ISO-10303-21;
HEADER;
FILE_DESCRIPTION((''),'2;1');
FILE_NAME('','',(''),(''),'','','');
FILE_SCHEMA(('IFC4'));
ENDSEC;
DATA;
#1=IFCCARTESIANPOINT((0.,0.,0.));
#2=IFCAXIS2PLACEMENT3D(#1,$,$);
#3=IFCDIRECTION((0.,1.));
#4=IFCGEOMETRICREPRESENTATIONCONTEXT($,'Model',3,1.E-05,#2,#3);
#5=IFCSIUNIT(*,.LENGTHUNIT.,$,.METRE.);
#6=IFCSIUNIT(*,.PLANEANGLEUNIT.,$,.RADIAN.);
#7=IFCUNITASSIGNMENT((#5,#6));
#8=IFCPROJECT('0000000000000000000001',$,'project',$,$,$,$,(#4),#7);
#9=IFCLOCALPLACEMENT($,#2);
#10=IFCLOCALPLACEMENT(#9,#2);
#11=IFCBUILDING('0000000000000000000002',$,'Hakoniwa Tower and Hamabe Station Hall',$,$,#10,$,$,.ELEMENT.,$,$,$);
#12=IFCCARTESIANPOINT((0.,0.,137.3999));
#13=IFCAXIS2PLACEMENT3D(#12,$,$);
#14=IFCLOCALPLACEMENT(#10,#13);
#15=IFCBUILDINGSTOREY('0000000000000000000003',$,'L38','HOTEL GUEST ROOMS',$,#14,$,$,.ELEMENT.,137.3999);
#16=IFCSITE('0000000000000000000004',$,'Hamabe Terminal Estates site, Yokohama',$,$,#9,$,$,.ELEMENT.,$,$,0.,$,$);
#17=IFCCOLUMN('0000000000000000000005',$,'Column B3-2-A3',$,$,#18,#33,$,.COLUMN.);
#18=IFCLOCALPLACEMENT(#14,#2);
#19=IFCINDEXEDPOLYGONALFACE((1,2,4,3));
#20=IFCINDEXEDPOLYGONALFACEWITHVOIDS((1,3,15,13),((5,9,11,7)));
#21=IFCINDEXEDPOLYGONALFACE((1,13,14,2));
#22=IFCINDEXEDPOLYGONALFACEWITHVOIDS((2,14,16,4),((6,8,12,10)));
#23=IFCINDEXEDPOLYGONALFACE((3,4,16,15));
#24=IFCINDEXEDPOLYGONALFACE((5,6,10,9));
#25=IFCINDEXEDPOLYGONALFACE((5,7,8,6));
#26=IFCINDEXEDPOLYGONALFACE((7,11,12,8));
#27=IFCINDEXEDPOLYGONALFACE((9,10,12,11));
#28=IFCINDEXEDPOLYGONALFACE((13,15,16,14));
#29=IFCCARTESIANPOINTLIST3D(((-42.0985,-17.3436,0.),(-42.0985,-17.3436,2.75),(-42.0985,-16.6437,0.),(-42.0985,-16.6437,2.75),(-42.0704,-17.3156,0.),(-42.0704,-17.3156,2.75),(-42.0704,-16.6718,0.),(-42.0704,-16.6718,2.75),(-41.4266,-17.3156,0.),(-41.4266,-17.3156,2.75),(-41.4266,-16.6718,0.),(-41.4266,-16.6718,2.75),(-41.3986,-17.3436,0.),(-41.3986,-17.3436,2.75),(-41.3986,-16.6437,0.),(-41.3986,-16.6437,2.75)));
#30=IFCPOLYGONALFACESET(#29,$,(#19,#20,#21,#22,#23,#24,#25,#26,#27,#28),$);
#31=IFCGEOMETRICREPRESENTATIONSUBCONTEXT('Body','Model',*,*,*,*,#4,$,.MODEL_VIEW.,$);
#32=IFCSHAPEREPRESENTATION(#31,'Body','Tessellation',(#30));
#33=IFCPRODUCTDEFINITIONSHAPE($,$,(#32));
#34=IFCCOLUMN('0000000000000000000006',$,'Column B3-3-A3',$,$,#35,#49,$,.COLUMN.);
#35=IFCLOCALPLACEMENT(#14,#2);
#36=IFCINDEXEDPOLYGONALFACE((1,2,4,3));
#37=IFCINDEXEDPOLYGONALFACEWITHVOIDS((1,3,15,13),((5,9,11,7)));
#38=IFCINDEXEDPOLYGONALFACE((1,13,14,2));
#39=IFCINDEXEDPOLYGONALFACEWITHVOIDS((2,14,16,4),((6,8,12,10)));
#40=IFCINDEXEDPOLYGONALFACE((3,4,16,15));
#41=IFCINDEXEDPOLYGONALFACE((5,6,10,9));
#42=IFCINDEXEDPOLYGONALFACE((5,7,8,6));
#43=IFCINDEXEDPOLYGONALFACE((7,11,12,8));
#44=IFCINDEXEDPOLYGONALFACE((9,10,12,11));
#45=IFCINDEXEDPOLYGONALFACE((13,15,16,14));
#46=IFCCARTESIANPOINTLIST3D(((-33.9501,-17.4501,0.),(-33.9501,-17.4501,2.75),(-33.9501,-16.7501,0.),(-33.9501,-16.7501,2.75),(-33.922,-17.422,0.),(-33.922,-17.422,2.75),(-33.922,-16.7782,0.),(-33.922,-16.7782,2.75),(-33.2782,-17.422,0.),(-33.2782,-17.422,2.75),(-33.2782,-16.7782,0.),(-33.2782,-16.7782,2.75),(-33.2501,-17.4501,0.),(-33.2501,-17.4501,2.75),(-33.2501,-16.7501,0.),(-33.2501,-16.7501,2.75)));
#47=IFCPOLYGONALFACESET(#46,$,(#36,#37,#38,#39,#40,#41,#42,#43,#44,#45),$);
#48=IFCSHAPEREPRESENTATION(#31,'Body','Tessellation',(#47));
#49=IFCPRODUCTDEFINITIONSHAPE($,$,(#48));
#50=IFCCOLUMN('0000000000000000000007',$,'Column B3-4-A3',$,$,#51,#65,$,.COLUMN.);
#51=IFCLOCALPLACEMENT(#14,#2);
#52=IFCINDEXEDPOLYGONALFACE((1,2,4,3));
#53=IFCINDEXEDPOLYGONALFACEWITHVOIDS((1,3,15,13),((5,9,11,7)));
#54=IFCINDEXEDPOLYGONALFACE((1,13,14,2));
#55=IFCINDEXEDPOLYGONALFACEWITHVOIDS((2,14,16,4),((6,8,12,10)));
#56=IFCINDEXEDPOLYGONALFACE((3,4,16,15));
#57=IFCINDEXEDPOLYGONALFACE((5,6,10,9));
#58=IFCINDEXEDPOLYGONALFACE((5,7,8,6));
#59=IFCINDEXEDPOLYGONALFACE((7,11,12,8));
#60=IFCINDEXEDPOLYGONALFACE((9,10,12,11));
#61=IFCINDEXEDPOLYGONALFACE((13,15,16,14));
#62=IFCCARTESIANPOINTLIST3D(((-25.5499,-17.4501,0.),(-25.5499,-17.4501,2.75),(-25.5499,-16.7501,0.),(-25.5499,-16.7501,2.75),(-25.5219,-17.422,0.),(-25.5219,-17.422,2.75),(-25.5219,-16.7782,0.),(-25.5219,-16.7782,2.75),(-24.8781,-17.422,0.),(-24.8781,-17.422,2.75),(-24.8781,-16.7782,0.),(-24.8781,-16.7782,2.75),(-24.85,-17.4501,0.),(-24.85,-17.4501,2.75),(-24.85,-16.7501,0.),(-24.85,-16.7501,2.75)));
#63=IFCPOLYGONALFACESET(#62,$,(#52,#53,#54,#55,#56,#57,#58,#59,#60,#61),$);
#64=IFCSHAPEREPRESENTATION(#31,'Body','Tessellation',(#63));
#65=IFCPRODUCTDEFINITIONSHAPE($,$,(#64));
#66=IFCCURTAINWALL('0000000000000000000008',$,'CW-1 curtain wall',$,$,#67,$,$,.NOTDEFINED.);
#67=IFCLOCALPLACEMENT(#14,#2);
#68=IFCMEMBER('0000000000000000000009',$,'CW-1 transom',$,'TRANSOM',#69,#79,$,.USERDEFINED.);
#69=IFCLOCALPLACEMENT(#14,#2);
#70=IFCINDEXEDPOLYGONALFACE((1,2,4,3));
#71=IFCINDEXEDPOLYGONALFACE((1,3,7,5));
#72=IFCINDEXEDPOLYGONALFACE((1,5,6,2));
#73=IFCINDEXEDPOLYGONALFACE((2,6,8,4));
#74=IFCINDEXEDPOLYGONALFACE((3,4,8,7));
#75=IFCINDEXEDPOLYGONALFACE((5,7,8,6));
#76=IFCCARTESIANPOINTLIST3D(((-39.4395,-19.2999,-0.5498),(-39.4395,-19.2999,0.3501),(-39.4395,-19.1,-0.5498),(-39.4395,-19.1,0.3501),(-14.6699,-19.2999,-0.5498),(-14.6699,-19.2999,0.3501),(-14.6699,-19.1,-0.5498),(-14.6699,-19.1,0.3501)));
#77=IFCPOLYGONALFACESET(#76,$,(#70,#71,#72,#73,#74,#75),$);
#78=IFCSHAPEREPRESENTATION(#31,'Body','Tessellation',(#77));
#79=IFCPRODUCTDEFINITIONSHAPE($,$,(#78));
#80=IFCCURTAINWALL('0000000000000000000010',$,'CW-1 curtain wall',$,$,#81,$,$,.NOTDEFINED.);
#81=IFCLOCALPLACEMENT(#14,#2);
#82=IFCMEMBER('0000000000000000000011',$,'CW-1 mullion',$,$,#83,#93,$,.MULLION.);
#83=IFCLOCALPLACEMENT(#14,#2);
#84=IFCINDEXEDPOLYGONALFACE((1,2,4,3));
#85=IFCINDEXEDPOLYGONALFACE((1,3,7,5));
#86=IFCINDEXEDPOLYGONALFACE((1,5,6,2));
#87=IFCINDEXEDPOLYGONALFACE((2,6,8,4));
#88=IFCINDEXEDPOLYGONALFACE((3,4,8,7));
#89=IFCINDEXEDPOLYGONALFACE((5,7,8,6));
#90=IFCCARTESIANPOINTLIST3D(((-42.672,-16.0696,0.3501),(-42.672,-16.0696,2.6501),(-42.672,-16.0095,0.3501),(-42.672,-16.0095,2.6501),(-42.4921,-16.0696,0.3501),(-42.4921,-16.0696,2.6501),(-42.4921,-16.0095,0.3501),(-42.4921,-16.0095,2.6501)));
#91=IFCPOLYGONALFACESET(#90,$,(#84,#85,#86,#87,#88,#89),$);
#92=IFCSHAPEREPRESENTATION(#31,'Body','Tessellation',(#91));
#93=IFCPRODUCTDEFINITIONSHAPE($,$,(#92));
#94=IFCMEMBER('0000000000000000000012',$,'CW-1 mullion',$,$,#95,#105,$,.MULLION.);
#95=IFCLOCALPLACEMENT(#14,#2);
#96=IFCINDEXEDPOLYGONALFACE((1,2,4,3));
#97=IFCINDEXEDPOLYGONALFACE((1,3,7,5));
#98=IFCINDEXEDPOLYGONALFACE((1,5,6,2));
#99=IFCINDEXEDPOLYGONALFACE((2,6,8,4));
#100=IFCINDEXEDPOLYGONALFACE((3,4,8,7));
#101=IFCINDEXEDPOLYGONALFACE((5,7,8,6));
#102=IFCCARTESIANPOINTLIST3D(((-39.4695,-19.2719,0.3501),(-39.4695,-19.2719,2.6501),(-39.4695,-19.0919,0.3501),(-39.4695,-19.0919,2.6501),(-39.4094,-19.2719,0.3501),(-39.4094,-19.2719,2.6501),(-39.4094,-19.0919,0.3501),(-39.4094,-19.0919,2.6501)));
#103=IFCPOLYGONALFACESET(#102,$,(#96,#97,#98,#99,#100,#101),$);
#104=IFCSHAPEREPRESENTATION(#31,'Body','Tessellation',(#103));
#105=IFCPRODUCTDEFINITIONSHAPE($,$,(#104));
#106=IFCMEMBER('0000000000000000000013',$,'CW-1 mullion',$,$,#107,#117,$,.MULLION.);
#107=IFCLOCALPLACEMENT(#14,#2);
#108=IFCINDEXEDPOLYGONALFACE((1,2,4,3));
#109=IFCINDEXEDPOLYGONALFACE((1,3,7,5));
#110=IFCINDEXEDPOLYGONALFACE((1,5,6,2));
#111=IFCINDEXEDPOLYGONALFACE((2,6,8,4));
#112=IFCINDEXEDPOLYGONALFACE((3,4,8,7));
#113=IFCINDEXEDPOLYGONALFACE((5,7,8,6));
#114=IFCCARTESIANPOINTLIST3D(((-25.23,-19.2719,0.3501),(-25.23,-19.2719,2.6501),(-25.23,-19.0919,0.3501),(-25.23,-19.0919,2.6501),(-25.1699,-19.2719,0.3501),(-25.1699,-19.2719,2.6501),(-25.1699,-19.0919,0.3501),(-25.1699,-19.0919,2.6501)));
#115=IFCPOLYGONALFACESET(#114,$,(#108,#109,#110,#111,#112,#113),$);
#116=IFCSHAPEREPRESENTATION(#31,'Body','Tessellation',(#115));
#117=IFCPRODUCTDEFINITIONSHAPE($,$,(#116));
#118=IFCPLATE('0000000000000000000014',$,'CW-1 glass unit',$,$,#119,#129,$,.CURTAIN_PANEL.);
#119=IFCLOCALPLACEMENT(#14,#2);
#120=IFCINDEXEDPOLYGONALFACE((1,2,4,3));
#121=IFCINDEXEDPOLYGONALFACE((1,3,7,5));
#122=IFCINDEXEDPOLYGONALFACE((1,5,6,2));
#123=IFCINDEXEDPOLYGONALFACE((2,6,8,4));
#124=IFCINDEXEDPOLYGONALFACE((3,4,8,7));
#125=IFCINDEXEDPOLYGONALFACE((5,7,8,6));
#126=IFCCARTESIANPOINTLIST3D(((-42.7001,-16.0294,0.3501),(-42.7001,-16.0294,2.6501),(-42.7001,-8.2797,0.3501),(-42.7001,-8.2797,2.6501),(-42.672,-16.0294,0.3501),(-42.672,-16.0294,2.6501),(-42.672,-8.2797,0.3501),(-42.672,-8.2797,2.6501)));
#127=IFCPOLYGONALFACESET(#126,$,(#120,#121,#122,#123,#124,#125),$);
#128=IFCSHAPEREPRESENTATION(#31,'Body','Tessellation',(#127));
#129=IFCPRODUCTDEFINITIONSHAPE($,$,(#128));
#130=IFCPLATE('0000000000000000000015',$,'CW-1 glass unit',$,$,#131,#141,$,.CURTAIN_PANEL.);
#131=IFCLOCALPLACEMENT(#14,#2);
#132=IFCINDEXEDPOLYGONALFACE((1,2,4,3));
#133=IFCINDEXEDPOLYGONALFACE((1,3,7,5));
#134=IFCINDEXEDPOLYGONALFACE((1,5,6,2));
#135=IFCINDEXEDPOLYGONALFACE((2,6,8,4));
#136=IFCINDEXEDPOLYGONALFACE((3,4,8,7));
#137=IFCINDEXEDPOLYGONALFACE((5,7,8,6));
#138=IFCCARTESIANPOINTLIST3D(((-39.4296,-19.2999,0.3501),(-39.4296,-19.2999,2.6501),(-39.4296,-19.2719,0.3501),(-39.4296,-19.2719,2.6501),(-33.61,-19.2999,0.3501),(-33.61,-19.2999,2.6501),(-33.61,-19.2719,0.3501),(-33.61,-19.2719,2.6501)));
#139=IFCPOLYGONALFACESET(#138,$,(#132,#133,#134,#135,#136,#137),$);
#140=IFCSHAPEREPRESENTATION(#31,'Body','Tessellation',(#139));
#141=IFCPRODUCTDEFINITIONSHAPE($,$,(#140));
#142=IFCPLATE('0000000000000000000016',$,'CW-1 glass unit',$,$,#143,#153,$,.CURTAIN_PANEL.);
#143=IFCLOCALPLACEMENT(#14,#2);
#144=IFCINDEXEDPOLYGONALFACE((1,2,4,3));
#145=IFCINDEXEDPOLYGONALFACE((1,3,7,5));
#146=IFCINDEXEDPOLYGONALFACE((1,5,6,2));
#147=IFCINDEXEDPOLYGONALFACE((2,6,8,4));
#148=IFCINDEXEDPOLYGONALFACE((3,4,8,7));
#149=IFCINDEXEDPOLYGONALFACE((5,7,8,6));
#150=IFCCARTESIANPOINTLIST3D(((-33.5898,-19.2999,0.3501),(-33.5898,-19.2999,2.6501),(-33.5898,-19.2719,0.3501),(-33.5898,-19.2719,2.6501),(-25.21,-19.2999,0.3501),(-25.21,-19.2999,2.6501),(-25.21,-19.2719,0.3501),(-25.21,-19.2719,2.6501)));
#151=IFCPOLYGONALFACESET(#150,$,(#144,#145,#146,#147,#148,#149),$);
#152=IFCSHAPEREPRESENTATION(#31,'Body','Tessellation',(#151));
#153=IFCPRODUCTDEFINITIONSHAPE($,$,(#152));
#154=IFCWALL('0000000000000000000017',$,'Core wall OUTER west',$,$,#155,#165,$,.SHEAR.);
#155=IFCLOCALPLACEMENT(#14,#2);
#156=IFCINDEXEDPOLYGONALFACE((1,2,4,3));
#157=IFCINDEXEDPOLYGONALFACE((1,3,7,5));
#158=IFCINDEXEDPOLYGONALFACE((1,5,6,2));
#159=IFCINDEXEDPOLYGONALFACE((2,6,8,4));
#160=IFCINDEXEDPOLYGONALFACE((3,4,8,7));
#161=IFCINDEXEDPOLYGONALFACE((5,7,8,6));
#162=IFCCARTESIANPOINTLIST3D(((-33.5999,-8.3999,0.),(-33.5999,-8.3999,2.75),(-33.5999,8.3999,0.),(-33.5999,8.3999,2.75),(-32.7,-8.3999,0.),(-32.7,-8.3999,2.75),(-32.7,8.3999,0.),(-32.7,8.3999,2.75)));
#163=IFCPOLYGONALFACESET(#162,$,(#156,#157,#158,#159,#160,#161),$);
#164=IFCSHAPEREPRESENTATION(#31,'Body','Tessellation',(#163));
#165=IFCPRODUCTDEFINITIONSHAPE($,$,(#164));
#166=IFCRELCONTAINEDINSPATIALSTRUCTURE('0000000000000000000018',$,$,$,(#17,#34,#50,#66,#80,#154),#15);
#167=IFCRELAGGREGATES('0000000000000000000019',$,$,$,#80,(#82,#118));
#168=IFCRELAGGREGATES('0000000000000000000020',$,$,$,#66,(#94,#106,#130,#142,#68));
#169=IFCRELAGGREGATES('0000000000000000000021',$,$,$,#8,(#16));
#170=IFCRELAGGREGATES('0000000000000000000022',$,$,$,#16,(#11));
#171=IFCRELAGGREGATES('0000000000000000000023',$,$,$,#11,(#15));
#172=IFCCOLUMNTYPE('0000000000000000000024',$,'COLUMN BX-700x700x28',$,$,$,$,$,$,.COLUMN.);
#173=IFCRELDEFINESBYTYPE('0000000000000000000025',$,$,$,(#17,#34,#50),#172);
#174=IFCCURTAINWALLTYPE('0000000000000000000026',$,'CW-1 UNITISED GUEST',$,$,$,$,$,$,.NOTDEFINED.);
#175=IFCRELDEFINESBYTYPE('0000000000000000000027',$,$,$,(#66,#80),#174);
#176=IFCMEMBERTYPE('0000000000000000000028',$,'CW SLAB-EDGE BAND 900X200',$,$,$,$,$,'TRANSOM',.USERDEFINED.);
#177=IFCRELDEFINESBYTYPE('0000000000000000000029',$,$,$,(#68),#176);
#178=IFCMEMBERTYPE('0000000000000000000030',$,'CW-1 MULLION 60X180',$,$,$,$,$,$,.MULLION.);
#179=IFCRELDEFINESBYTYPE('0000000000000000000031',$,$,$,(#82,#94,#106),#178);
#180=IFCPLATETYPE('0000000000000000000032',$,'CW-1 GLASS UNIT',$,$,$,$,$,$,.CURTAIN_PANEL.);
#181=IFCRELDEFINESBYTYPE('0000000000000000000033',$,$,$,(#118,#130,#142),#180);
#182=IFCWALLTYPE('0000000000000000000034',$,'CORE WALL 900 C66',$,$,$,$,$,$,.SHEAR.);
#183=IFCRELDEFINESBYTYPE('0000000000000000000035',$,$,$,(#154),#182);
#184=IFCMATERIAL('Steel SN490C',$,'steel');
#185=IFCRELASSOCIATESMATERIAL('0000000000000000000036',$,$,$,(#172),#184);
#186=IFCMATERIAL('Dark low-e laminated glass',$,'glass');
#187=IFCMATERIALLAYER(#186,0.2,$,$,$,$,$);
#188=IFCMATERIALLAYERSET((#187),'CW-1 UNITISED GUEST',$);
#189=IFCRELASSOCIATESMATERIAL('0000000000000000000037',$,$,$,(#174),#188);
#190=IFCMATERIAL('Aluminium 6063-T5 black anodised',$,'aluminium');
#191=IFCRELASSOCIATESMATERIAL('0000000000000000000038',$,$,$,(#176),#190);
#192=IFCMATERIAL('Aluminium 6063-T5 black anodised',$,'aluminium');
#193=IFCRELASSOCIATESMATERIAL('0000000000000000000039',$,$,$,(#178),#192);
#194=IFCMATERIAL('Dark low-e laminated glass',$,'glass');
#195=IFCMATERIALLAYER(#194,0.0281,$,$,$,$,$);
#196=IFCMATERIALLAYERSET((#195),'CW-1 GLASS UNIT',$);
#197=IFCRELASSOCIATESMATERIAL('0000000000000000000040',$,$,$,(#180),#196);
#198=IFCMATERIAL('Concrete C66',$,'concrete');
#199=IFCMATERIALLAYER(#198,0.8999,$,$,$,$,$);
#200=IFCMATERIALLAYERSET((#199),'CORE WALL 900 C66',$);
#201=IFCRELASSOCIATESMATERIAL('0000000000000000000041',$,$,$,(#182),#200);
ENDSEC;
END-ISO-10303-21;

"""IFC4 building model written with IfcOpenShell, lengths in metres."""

from ifc_helpers import new_model, si_unit, direction, frame, frame_2d, origin, origin_2d, place, context, subcontext, project, spatial, rectangle, hollow_rectangle, extrude, material, layer, layer_set, material_profile, profile_set, type_object, element, aggregate, save


model = new_model("IFC4")

# Units and contexts
model_context = context("Model", 3, precision=1e-05, world=origin(), true_north=direction((0.0, 1.0)))
body_context = subcontext(model_context, "Body", "Model", "MODEL_VIEW")
ifc_project = project(units=[si_unit("LENGTHUNIT", "METRE"), si_unit("PLANEANGLEUNIT", "RADIAN")], contexts=[model_context])

# Site, building, storey
site_placement = place(None, origin())
site = spatial("IfcSite", under=ifc_project, at=site_placement, Name="Hamabe Terminal Estates site, Yokohama", CompositionType="ELEMENT", RefElevation=0.0)
building_placement = place(site_placement, origin())
building = spatial("IfcBuilding", under=site, at=building_placement, Name="Hakoniwa Tower and Hamabe Station Hall", CompositionType="ELEMENT")
storey_placement = place(building_placement, frame((0.0, 0.0, 137.3999)))
storey = spatial("IfcBuildingStorey", under=building, at=storey_placement, Name="L38", Description="HOTEL GUEST ROOMS", CompositionType="ELEMENT", Elevation=137.3999)

# Columns
ifc_material_1 = material(Name="Steel SN490C", Category="steel")
ifc_material_profile_1 = material_profile(ifc_material_1, hollow_rectangle(XDim=0.7, YDim=0.7, WallThickness=0.0281, at=origin_2d()), Name="BX-700x700x28")
ifc_profile_set_1 = profile_set([ifc_material_profile_1], Name="Steel SN490C")
column_type = type_object("IfcColumnType", Name="COLUMN BX-700x700x28", PredefinedType="COLUMN", material=ifc_profile_set_1)
for number, where, z_axis, x_axis, name in (
    (1, (-41.7485, -16.9937, 0.0), (0.0, 0.0, 1.0), (1.0, 0.0, 0.0), "Column B3-2-A3"),
    (2, (-33.6001, -17.1001, 0.0), (0.0, 0.0, 1.0), (1.0, 0.0, 0.0), "Column B3-3-A3"),
    (3, (-25.2, -17.1001, 0.0), (0.0, 0.0, 1.0), (1.0, 0.0, 0.0), "Column B3-4-A3"),
):
    element("IfcColumn", number, at=place(storey_placement, frame(where, z_axis=z_axis, x_axis=x_axis)), inside=storey, type_object=column_type, Name=name, PredefinedType="COLUMN", context=body_context, shape_type="SweptSolid", body=[
        extrude(hollow_rectangle(XDim=0.7, YDim=0.7, WallThickness=0.0281, at=origin_2d()), origin(), (0.0, 0.0, 1.0), 2.75),
    ])

# Curtain walls, members
ifc_material_2 = material(Name="Dark low-e laminated glass", Category="glass")
ifc_layer_1 = layer(ifc_material_2, 0.2)
ifc_layer_set_1 = layer_set([ifc_layer_1], Name="CW-1 UNITISED GUEST")
curtain_wall_type = type_object("IfcCurtainWallType", Name="CW-1 UNITISED GUEST", PredefinedType="NOTDEFINED", material=ifc_layer_set_1)
curtain_wall_1_placement = place(storey_placement, origin())
curtain_wall_1 = element("IfcCurtainWall", 4, at=curtain_wall_1_placement, inside=storey, type_object=curtain_wall_type, Name="CW-1 curtain wall", PredefinedType="NOTDEFINED")
ifc_material_3 = material(Name="Aluminium 6063-T5 black anodised", Category="aluminium")
ifc_material_profile_2 = material_profile(ifc_material_3, rectangle(XDim=0.2, YDim=0.8999, at=origin_2d()), Name="CW SLAB-EDGE BAND 900X200")
ifc_profile_set_2 = profile_set([ifc_material_profile_2], Name="Aluminium 6063-T5 black anodised")
member_type_1 = type_object("IfcMemberType", Name="CW SLAB-EDGE BAND 900X200", ElementType="TRANSOM", PredefinedType="USERDEFINED", material=ifc_profile_set_2)
member_1_placement = place(storey_placement, frame((-39.4395, -19.2, -0.0999), z_axis=(1.0, 0.0, 0.0), x_axis=(0.0, 1.0, 0.0)))
member_1 = element("IfcMember", 5, at=member_1_placement, type_object=member_type_1, Name="CW-1 transom", ObjectType="TRANSOM", PredefinedType="USERDEFINED", context=body_context, shape_type="SweptSolid", body=[
    extrude(rectangle(XDim=0.2, YDim=0.8999, at=origin_2d()), origin(), (0.0, 0.0, 1.0), 24.7695),
])
curtain_wall_2_placement = place(storey_placement, origin())
curtain_wall_2 = element("IfcCurtainWall", 6, at=curtain_wall_2_placement, inside=storey, type_object=curtain_wall_type, Name="CW-1 curtain wall", PredefinedType="NOTDEFINED")
ifc_material_4 = material(Name="Aluminium 6063-T5 black anodised", Category="aluminium")
ifc_material_profile_3 = material_profile(ifc_material_4, rectangle(XDim=0.0601, YDim=0.1799, at=origin_2d()), Name="CW-1 MULLION 60X180")
ifc_profile_set_3 = profile_set([ifc_material_profile_3], Name="Aluminium 6063-T5 black anodised")
member_type_2 = type_object("IfcMemberType", Name="CW-1 MULLION 60X180", PredefinedType="MULLION", material=ifc_profile_set_3)
member_2_placement = place(storey_placement, frame((-42.582, -16.0396, 0.3501), z_axis=(0.0, 0.0, 1.0), x_axis=(0.0, -1.0, 0.0)))
member_2 = element("IfcMember", 7, at=member_2_placement, type_object=member_type_2, Name="CW-1 mullion", PredefinedType="MULLION", context=body_context, shape_type="SweptSolid", body=[
    extrude(rectangle(XDim=0.0601, YDim=0.1799, at=origin_2d()), origin(), (0.0, 0.0, 1.0), 2.3),
])

# Members
member_3_placement = place(storey_placement, frame((-39.4395, -19.1819, 0.3501), z_axis=(0.0, 0.0, 1.0), x_axis=(1.0, 0.0, 0.0)))
member_3 = element("IfcMember", 8, at=member_3_placement, type_object=member_type_2, Name="CW-1 mullion", PredefinedType="MULLION", context=body_context, shape_type="SweptSolid", body=[
    extrude(rectangle(XDim=0.0601, YDim=0.1799, at=origin_2d()), origin(), (0.0, 0.0, 1.0), 2.3),
])
member_4_placement = place(storey_placement, frame((-25.2, -19.1819, 0.3501), z_axis=(0.0, 0.0, 1.0), x_axis=(1.0, 0.0, 0.0)))
member_4 = element("IfcMember", 9, at=member_4_placement, type_object=member_type_2, Name="CW-1 mullion", PredefinedType="MULLION", context=body_context, shape_type="SweptSolid", body=[
    extrude(rectangle(XDim=0.0601, YDim=0.1799, at=origin_2d()), origin(), (0.0, 0.0, 1.0), 2.3),
])

# Plates
ifc_material_5 = material(Name="Dark low-e laminated glass", Category="glass")
ifc_layer_2 = layer(ifc_material_5, 0.0281)
ifc_layer_set_2 = layer_set([ifc_layer_2], Name="CW-1 GLASS UNIT")
plate_type = type_object("IfcPlateType", Name="CW-1 GLASS UNIT", PredefinedType="CURTAIN_PANEL", material=ifc_layer_set_2)
plate_1_placement = place(storey_placement, frame((-42.686, -12.1545, 0.3501), z_axis=(0.0, 0.0, 1.0), x_axis=(0.0, -1.0, 0.0)))
plate_1 = element("IfcPlate", 10, at=plate_1_placement, type_object=plate_type, Name="CW-1 glass unit", PredefinedType="CURTAIN_PANEL", context=body_context, shape_type="SweptSolid", body=[
    extrude(rectangle(XDim=7.7498, YDim=0.0281, at=origin_2d()), origin(), (0.0, 0.0, 1.0), 2.3),
])
aggregate(curtain_wall_2, [member_2, plate_1])
plate_2_placement = place(storey_placement, frame((-36.5198, -19.2859, 0.3501), z_axis=(0.0, 0.0, 1.0), x_axis=(1.0, 0.0, 0.0)))
plate_2 = element("IfcPlate", 11, at=plate_2_placement, type_object=plate_type, Name="CW-1 glass unit", PredefinedType="CURTAIN_PANEL", context=body_context, shape_type="SweptSolid", body=[
    extrude(rectangle(XDim=5.8196, YDim=0.0281, at=origin_2d()), origin(), (0.0, 0.0, 1.0), 2.3),
])
plate_3_placement = place(storey_placement, frame((-29.3999, -19.2859, 0.3501), z_axis=(0.0, 0.0, 1.0), x_axis=(1.0, 0.0, 0.0)))
plate_3 = element("IfcPlate", 12, at=plate_3_placement, type_object=plate_type, Name="CW-1 glass unit", PredefinedType="CURTAIN_PANEL", context=body_context, shape_type="SweptSolid", body=[
    extrude(rectangle(XDim=8.3799, YDim=0.0281, at=origin_2d()), origin(), (0.0, 0.0, 1.0), 2.3),
])
aggregate(curtain_wall_1, [member_3, member_4, plate_2, plate_3, member_1])

# Wall
ifc_material_6 = material(Name="Concrete C66", Category="concrete")
ifc_layer_3 = layer(ifc_material_6, 0.8999)
ifc_layer_set_3 = layer_set([ifc_layer_3], Name="CORE WALL 900 C66")
wall_type_1 = type_object("IfcWallType", Name="CORE WALL 900 C66", PredefinedType="SHEAR", material=ifc_layer_set_3)
wall_1_placement = place(storey_placement, frame((-33.1499, -8.3999, 0.0), z_axis=(0.0, 0.0, 1.0), x_axis=(0.0, 1.0, 0.0)))
element("IfcWall", 13, at=wall_1_placement, inside=storey, type_object=wall_type_1, Name="Core wall OUTER west", PredefinedType="SHEAR", context=body_context, shape_type="SweptSolid", body=[
    extrude(rectangle(XDim=16.7998, YDim=0.8999, at=frame_2d((8.3999, 0.0))), origin(), (0.0, 0.0, 1.0), 2.75),
])

save(model, "model.ifc")
